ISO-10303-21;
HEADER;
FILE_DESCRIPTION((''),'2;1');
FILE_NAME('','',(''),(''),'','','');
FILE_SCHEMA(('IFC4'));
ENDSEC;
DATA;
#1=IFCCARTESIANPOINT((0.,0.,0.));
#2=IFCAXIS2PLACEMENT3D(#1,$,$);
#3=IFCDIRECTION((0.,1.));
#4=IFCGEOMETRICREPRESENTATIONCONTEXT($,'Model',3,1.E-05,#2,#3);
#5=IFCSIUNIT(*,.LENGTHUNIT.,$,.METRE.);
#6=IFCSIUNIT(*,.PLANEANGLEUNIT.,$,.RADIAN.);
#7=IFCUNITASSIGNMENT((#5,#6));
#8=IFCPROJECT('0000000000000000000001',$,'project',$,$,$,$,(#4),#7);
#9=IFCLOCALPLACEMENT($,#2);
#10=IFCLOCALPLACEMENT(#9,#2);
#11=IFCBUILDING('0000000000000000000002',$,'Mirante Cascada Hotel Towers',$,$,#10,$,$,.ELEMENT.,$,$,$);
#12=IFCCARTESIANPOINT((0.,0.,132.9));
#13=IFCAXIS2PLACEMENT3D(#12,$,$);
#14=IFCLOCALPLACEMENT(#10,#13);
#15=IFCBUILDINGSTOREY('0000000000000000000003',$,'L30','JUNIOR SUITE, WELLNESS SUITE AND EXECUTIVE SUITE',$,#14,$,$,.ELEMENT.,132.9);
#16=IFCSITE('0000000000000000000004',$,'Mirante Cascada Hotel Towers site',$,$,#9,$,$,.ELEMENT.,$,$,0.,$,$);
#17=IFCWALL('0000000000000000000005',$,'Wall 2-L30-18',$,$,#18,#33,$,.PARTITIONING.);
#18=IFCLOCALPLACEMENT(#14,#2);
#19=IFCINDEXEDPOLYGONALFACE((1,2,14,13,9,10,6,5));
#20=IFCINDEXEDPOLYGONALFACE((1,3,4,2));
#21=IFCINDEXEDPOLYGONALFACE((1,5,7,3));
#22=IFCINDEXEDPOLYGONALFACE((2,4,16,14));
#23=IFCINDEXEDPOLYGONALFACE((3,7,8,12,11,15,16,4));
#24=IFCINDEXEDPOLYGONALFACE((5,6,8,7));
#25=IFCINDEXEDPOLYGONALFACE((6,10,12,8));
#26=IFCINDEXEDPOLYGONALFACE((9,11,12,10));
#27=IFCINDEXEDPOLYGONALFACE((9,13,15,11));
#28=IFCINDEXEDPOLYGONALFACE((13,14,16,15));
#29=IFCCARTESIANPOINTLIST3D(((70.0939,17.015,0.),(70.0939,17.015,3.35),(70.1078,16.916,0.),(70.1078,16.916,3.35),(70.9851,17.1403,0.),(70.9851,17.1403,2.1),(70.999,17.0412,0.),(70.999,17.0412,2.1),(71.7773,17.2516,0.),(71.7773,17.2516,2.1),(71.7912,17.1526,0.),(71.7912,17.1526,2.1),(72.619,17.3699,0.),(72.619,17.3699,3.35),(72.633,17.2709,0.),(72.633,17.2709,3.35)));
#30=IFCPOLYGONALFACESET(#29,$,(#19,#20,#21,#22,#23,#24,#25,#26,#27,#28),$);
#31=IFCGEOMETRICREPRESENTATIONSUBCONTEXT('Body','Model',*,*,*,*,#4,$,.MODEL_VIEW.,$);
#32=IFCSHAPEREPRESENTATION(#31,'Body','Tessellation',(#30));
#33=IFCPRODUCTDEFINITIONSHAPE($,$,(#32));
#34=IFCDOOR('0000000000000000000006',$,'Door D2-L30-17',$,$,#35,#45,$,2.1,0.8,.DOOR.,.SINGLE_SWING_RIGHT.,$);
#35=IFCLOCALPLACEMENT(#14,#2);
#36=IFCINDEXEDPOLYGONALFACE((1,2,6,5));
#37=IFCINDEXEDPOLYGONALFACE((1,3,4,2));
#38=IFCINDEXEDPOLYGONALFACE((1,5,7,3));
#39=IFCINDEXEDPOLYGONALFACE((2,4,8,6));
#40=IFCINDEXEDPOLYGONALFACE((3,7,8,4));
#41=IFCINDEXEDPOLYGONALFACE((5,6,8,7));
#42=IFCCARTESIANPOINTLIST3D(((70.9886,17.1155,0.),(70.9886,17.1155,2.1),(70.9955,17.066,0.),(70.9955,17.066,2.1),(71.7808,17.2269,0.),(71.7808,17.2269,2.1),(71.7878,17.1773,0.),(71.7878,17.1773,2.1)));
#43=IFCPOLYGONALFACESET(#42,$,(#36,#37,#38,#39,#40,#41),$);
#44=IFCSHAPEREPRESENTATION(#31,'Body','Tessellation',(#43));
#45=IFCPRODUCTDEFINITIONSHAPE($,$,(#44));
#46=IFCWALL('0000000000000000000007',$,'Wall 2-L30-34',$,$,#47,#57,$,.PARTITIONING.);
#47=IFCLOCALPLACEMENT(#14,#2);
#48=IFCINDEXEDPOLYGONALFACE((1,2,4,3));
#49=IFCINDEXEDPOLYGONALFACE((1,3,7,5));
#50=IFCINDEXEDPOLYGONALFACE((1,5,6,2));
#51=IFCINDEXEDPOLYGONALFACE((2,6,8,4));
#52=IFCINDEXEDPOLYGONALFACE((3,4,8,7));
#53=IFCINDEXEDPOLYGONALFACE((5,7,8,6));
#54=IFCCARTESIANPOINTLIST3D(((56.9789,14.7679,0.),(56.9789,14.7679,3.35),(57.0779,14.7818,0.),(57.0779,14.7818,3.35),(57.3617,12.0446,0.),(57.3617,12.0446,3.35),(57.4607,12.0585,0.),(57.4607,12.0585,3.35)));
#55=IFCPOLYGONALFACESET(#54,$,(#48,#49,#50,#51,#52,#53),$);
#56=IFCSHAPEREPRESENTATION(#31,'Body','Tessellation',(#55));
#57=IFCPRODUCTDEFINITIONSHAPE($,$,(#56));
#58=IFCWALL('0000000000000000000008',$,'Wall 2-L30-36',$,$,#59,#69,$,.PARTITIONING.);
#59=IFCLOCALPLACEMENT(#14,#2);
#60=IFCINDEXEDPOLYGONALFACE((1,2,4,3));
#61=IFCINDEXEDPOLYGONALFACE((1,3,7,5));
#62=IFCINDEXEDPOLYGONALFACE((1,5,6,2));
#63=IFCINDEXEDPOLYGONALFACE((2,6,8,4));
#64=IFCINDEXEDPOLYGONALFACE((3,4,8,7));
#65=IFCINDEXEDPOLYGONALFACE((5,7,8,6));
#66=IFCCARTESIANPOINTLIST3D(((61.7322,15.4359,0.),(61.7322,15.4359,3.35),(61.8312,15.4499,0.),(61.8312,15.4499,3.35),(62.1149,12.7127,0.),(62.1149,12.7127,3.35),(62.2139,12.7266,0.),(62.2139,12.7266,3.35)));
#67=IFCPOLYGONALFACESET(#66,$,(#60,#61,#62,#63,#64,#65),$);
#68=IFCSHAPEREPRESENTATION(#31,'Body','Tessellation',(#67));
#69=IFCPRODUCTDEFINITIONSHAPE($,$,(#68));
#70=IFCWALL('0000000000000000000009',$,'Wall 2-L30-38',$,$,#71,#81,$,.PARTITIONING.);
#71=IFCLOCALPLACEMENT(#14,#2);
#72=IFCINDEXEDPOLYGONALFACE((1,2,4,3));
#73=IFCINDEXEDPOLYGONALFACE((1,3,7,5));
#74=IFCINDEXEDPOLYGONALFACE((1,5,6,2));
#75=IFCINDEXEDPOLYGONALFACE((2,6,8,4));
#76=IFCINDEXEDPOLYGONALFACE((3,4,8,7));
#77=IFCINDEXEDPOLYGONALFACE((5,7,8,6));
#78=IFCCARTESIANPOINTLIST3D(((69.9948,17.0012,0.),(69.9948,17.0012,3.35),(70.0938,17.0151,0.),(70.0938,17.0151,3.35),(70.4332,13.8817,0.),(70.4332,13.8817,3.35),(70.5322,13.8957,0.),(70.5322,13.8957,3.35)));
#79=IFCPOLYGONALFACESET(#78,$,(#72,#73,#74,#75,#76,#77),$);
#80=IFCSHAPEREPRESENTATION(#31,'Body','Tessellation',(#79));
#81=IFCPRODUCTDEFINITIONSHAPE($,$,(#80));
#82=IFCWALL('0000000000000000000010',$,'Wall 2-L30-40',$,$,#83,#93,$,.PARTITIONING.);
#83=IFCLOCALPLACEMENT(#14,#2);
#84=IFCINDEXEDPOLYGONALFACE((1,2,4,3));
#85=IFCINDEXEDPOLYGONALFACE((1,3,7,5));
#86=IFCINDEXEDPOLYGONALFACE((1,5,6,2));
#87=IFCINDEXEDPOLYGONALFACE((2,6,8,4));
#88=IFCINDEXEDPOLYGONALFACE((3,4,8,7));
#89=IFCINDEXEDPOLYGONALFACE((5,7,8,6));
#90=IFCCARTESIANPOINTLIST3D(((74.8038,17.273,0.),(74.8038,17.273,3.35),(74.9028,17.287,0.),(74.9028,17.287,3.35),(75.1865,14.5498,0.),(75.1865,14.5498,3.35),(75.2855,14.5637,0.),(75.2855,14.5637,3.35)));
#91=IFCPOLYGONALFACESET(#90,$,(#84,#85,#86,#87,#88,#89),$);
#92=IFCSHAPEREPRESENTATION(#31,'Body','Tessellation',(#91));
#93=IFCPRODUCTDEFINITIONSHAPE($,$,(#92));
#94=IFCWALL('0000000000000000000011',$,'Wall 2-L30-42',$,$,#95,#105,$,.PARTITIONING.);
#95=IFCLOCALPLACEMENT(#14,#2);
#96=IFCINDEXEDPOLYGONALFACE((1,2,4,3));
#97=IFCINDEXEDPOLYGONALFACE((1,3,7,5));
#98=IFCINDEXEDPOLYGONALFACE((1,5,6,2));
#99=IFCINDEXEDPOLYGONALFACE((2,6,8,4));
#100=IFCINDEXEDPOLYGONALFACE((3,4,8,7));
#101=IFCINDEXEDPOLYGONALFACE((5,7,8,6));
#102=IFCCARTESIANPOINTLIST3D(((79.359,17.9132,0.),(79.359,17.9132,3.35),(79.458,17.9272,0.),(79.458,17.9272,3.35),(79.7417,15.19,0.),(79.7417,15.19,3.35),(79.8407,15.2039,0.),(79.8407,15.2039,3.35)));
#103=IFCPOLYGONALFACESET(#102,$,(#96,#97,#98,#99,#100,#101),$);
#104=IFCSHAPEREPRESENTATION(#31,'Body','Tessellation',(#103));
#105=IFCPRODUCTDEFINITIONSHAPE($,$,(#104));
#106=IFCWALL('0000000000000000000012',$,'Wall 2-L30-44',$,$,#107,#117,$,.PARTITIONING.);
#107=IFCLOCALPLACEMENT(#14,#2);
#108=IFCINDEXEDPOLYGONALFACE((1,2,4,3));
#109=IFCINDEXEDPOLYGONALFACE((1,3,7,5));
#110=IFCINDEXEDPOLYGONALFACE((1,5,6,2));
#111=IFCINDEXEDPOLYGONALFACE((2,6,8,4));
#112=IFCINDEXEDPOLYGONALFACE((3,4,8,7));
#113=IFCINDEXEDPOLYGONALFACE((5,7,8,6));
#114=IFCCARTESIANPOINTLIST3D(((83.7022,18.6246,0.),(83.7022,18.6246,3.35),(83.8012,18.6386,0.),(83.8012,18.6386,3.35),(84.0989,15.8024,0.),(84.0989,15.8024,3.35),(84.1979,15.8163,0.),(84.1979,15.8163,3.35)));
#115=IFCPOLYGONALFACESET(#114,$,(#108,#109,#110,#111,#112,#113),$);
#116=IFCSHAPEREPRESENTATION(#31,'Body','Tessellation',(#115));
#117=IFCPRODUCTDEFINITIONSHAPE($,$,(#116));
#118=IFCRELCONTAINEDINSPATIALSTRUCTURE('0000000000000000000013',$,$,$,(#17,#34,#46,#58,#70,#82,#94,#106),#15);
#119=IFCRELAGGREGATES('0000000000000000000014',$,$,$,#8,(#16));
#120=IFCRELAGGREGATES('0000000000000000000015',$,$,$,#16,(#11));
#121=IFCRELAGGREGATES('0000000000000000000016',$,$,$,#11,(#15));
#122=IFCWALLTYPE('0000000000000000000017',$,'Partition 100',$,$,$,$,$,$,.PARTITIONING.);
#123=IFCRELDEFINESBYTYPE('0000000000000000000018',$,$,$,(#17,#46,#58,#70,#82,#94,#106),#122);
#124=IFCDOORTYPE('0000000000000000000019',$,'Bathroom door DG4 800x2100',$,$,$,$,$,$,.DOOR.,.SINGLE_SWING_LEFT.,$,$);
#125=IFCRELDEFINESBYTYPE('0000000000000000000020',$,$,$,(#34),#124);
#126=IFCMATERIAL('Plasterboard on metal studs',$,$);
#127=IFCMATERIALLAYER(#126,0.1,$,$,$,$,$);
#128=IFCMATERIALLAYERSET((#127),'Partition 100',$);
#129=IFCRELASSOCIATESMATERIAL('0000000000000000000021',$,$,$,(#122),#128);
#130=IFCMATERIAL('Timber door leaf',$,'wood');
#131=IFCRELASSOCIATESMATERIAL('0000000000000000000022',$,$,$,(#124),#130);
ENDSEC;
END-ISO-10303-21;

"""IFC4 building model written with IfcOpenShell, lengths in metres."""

from ifc_helpers import new_model, si_unit, direction, frame, frame_2d, origin, place, context, subcontext, project, spatial, rectangle, extrude, material, layer, layer_set, type_object, element, fill, save


model = new_model("IFC4")

# Units and contexts
model_context = context("Model", 3, precision=1e-05, world=origin(), true_north=direction((0.0, 1.0)))
body_context = subcontext(model_context, "Body", "Model", "MODEL_VIEW")
ifc_project = project(units=[si_unit("LENGTHUNIT", "METRE"), si_unit("PLANEANGLEUNIT", "RADIAN")], contexts=[model_context])

# Site, building, storey
site_placement = place(None, origin())
site = spatial("IfcSite", under=ifc_project, at=site_placement, Name="Mirante Cascada Hotel Towers site", CompositionType="ELEMENT", RefElevation=0.0)
building_placement = place(site_placement, origin())
building = spatial("IfcBuilding", under=site, at=building_placement, Name="Mirante Cascada Hotel Towers", CompositionType="ELEMENT")
storey_placement = place(building_placement, frame((0.0, 0.0, 132.9)))
storey = spatial("IfcBuildingStorey", under=building, at=storey_placement, Name="L30", Description="JUNIOR SUITE, WELLNESS SUITE AND EXECUTIVE SUITE", CompositionType="ELEMENT", Elevation=132.9)

# Shared definitions
ifc_material_1 = material(Name="Plasterboard on metal studs")
ifc_layer_1 = layer(ifc_material_1, 0.1)
ifc_layer_set_1 = layer_set([ifc_layer_1], Name="Partition 100")
wall_type_1 = type_object("IfcWallType", Name="Partition 100", PredefinedType="PARTITIONING", material=ifc_layer_set_1)
ifc_material_2 = material(Name="Timber door leaf", Category="wood")
door_type = type_object("IfcDoorType", Name="Bathroom door DG4 800x2100", OperationType="SINGLE_SWING_LEFT", PredefinedType="DOOR", material=ifc_material_2)

# Wall, opening, door
wall_1_placement = place(storey_placement, frame((72.626, 17.3204, 0.0), z_axis=(0.0, 0.0, 1.0), x_axis=(-0.990268, -0.139176, 0.0)))
wall_1 = element("IfcWall", 1, at=wall_1_placement, inside=storey, type_object=wall_type_1, Name="Wall 2-L30-18", PredefinedType="PARTITIONING", context=body_context, shape_type="SweptSolid", body=[
    extrude(rectangle(XDim=2.55, YDim=0.1, at=frame_2d((1.275, 0.0))), origin(), (0.0, 0.0, 1.0), 3.35),
])
opening_1_placement = place(wall_1_placement, frame((0.85, 0.0, 0.0)))
opening_1 = element("IfcOpeningElement", 2, at=opening_1_placement, cuts=wall_1, PredefinedType="OPENING", context=body_context, shape_type="SweptSolid", body=[
    extrude(rectangle(XDim=0.8, YDim=2.1, at=frame_2d((0.4, 1.05))), frame((0.0, 0.05, 0.0), z_axis=(0.0, -1.0, 0.0), x_axis=(1.0, 0.0, 0.0)), (0.0, 0.0, 1.0), 0.1),
])
door_1_placement = place(opening_1_placement, frame((0.8, 0.0, 0.0), z_axis=(0.0, 0.0, 1.0), x_axis=(-1.0, 0.0, 0.0)))
door_1 = element("IfcDoor", 3, at=door_1_placement, inside=storey, type_object=door_type, Name="Door D2-L30-17", OperationType="SINGLE_SWING_RIGHT", OverallHeight=2.1, OverallWidth=0.8, PredefinedType="DOOR", context=body_context, shape_type="SweptSolid", body=[
    extrude(rectangle(XDim=0.8, YDim=2.1, at=frame_2d((0.4, 1.05))), frame((0.0, 0.025, 0.0), z_axis=(0.0, -1.0, 0.0), x_axis=(1.0, 0.0, 0.0)), (0.0, 0.0, 1.0), 0.05),
])
fill(opening_1, door_1)

# Walls
wall_2_placement = place(storey_placement, frame((57.0284, 14.7749, 0.0), z_axis=(0.0, 0.0, 1.0), x_axis=(0.139196, -0.990265, 0.0)))
element("IfcWall", 4, at=wall_2_placement, inside=storey, type_object=wall_type_1, Name="Wall 2-L30-34", PredefinedType="PARTITIONING", context=body_context, shape_type="SweptSolid", body=[
    extrude(rectangle(XDim=2.7501, YDim=0.1, at=frame_2d((1.3751, 0.0))), origin(), (0.0, 0.0, 1.0), 3.35),
])
wall_3_placement = place(storey_placement, frame((61.7817, 15.4429, 0.0), z_axis=(0.0, 0.0, 1.0), x_axis=(0.139166, -0.990269, 0.0)))
element("IfcWall", 5, at=wall_3_placement, inside=storey, type_object=wall_type_1, Name="Wall 2-L30-36", PredefinedType="PARTITIONING", context=body_context, shape_type="SweptSolid", body=[
    extrude(rectangle(XDim=2.75, YDim=0.1, at=frame_2d((1.375, 0.0))), origin(), (0.0, 0.0, 1.0), 3.35),
])
wall_4_placement = place(storey_placement, frame((70.0443, 17.0081, 0.0), z_axis=(0.0, 0.0, 1.0), x_axis=(0.139172, -0.990268, 0.0)))
element("IfcWall", 6, at=wall_4_placement, inside=storey, type_object=wall_type_1, Name="Wall 2-L30-38", PredefinedType="PARTITIONING", context=body_context, shape_type="SweptSolid", body=[
    extrude(rectangle(XDim=3.1501, YDim=0.1, at=frame_2d((1.575, 0.0))), origin(), (0.0, 0.0, 1.0), 3.35),
])
for number, where, z_axis, x_axis, name in (
    (7, (74.8533, 17.28, 0.0), (0.0, 0.0, 1.0), (0.139166, -0.990269, 0.0), "Wall 2-L30-40"),
    (8, (79.4085, 17.9202, 0.0), (0.0, 0.0, 1.0), (0.139166, -0.990269, 0.0), "Wall 2-L30-42"),
):
    element("IfcWall", number, at=place(storey_placement, frame(where, z_axis=z_axis, x_axis=x_axis)), inside=storey, type_object=wall_type_1, Name=name, PredefinedType="PARTITIONING", context=body_context, shape_type="SweptSolid", body=[
        extrude(rectangle(XDim=2.75, YDim=0.1, at=frame_2d((1.375, 0.0))), origin(), (0.0, 0.0, 1.0), 3.35),
    ])
wall_5_placement = place(storey_placement, frame((83.7517, 18.6316, 0.0), z_axis=(0.0, 0.0, 1.0), x_axis=(0.139191, -0.990266, 0.0)))
element("IfcWall", 9, at=wall_5_placement, inside=storey, type_object=wall_type_1, Name="Wall 2-L30-44", PredefinedType="PARTITIONING", context=body_context, shape_type="SweptSolid", body=[
    extrude(rectangle(XDim=2.85, YDim=0.1, at=frame_2d((1.425, 0.0))), origin(), (0.0, 0.0, 1.0), 3.35),
])

save(model, "model.ifc")
